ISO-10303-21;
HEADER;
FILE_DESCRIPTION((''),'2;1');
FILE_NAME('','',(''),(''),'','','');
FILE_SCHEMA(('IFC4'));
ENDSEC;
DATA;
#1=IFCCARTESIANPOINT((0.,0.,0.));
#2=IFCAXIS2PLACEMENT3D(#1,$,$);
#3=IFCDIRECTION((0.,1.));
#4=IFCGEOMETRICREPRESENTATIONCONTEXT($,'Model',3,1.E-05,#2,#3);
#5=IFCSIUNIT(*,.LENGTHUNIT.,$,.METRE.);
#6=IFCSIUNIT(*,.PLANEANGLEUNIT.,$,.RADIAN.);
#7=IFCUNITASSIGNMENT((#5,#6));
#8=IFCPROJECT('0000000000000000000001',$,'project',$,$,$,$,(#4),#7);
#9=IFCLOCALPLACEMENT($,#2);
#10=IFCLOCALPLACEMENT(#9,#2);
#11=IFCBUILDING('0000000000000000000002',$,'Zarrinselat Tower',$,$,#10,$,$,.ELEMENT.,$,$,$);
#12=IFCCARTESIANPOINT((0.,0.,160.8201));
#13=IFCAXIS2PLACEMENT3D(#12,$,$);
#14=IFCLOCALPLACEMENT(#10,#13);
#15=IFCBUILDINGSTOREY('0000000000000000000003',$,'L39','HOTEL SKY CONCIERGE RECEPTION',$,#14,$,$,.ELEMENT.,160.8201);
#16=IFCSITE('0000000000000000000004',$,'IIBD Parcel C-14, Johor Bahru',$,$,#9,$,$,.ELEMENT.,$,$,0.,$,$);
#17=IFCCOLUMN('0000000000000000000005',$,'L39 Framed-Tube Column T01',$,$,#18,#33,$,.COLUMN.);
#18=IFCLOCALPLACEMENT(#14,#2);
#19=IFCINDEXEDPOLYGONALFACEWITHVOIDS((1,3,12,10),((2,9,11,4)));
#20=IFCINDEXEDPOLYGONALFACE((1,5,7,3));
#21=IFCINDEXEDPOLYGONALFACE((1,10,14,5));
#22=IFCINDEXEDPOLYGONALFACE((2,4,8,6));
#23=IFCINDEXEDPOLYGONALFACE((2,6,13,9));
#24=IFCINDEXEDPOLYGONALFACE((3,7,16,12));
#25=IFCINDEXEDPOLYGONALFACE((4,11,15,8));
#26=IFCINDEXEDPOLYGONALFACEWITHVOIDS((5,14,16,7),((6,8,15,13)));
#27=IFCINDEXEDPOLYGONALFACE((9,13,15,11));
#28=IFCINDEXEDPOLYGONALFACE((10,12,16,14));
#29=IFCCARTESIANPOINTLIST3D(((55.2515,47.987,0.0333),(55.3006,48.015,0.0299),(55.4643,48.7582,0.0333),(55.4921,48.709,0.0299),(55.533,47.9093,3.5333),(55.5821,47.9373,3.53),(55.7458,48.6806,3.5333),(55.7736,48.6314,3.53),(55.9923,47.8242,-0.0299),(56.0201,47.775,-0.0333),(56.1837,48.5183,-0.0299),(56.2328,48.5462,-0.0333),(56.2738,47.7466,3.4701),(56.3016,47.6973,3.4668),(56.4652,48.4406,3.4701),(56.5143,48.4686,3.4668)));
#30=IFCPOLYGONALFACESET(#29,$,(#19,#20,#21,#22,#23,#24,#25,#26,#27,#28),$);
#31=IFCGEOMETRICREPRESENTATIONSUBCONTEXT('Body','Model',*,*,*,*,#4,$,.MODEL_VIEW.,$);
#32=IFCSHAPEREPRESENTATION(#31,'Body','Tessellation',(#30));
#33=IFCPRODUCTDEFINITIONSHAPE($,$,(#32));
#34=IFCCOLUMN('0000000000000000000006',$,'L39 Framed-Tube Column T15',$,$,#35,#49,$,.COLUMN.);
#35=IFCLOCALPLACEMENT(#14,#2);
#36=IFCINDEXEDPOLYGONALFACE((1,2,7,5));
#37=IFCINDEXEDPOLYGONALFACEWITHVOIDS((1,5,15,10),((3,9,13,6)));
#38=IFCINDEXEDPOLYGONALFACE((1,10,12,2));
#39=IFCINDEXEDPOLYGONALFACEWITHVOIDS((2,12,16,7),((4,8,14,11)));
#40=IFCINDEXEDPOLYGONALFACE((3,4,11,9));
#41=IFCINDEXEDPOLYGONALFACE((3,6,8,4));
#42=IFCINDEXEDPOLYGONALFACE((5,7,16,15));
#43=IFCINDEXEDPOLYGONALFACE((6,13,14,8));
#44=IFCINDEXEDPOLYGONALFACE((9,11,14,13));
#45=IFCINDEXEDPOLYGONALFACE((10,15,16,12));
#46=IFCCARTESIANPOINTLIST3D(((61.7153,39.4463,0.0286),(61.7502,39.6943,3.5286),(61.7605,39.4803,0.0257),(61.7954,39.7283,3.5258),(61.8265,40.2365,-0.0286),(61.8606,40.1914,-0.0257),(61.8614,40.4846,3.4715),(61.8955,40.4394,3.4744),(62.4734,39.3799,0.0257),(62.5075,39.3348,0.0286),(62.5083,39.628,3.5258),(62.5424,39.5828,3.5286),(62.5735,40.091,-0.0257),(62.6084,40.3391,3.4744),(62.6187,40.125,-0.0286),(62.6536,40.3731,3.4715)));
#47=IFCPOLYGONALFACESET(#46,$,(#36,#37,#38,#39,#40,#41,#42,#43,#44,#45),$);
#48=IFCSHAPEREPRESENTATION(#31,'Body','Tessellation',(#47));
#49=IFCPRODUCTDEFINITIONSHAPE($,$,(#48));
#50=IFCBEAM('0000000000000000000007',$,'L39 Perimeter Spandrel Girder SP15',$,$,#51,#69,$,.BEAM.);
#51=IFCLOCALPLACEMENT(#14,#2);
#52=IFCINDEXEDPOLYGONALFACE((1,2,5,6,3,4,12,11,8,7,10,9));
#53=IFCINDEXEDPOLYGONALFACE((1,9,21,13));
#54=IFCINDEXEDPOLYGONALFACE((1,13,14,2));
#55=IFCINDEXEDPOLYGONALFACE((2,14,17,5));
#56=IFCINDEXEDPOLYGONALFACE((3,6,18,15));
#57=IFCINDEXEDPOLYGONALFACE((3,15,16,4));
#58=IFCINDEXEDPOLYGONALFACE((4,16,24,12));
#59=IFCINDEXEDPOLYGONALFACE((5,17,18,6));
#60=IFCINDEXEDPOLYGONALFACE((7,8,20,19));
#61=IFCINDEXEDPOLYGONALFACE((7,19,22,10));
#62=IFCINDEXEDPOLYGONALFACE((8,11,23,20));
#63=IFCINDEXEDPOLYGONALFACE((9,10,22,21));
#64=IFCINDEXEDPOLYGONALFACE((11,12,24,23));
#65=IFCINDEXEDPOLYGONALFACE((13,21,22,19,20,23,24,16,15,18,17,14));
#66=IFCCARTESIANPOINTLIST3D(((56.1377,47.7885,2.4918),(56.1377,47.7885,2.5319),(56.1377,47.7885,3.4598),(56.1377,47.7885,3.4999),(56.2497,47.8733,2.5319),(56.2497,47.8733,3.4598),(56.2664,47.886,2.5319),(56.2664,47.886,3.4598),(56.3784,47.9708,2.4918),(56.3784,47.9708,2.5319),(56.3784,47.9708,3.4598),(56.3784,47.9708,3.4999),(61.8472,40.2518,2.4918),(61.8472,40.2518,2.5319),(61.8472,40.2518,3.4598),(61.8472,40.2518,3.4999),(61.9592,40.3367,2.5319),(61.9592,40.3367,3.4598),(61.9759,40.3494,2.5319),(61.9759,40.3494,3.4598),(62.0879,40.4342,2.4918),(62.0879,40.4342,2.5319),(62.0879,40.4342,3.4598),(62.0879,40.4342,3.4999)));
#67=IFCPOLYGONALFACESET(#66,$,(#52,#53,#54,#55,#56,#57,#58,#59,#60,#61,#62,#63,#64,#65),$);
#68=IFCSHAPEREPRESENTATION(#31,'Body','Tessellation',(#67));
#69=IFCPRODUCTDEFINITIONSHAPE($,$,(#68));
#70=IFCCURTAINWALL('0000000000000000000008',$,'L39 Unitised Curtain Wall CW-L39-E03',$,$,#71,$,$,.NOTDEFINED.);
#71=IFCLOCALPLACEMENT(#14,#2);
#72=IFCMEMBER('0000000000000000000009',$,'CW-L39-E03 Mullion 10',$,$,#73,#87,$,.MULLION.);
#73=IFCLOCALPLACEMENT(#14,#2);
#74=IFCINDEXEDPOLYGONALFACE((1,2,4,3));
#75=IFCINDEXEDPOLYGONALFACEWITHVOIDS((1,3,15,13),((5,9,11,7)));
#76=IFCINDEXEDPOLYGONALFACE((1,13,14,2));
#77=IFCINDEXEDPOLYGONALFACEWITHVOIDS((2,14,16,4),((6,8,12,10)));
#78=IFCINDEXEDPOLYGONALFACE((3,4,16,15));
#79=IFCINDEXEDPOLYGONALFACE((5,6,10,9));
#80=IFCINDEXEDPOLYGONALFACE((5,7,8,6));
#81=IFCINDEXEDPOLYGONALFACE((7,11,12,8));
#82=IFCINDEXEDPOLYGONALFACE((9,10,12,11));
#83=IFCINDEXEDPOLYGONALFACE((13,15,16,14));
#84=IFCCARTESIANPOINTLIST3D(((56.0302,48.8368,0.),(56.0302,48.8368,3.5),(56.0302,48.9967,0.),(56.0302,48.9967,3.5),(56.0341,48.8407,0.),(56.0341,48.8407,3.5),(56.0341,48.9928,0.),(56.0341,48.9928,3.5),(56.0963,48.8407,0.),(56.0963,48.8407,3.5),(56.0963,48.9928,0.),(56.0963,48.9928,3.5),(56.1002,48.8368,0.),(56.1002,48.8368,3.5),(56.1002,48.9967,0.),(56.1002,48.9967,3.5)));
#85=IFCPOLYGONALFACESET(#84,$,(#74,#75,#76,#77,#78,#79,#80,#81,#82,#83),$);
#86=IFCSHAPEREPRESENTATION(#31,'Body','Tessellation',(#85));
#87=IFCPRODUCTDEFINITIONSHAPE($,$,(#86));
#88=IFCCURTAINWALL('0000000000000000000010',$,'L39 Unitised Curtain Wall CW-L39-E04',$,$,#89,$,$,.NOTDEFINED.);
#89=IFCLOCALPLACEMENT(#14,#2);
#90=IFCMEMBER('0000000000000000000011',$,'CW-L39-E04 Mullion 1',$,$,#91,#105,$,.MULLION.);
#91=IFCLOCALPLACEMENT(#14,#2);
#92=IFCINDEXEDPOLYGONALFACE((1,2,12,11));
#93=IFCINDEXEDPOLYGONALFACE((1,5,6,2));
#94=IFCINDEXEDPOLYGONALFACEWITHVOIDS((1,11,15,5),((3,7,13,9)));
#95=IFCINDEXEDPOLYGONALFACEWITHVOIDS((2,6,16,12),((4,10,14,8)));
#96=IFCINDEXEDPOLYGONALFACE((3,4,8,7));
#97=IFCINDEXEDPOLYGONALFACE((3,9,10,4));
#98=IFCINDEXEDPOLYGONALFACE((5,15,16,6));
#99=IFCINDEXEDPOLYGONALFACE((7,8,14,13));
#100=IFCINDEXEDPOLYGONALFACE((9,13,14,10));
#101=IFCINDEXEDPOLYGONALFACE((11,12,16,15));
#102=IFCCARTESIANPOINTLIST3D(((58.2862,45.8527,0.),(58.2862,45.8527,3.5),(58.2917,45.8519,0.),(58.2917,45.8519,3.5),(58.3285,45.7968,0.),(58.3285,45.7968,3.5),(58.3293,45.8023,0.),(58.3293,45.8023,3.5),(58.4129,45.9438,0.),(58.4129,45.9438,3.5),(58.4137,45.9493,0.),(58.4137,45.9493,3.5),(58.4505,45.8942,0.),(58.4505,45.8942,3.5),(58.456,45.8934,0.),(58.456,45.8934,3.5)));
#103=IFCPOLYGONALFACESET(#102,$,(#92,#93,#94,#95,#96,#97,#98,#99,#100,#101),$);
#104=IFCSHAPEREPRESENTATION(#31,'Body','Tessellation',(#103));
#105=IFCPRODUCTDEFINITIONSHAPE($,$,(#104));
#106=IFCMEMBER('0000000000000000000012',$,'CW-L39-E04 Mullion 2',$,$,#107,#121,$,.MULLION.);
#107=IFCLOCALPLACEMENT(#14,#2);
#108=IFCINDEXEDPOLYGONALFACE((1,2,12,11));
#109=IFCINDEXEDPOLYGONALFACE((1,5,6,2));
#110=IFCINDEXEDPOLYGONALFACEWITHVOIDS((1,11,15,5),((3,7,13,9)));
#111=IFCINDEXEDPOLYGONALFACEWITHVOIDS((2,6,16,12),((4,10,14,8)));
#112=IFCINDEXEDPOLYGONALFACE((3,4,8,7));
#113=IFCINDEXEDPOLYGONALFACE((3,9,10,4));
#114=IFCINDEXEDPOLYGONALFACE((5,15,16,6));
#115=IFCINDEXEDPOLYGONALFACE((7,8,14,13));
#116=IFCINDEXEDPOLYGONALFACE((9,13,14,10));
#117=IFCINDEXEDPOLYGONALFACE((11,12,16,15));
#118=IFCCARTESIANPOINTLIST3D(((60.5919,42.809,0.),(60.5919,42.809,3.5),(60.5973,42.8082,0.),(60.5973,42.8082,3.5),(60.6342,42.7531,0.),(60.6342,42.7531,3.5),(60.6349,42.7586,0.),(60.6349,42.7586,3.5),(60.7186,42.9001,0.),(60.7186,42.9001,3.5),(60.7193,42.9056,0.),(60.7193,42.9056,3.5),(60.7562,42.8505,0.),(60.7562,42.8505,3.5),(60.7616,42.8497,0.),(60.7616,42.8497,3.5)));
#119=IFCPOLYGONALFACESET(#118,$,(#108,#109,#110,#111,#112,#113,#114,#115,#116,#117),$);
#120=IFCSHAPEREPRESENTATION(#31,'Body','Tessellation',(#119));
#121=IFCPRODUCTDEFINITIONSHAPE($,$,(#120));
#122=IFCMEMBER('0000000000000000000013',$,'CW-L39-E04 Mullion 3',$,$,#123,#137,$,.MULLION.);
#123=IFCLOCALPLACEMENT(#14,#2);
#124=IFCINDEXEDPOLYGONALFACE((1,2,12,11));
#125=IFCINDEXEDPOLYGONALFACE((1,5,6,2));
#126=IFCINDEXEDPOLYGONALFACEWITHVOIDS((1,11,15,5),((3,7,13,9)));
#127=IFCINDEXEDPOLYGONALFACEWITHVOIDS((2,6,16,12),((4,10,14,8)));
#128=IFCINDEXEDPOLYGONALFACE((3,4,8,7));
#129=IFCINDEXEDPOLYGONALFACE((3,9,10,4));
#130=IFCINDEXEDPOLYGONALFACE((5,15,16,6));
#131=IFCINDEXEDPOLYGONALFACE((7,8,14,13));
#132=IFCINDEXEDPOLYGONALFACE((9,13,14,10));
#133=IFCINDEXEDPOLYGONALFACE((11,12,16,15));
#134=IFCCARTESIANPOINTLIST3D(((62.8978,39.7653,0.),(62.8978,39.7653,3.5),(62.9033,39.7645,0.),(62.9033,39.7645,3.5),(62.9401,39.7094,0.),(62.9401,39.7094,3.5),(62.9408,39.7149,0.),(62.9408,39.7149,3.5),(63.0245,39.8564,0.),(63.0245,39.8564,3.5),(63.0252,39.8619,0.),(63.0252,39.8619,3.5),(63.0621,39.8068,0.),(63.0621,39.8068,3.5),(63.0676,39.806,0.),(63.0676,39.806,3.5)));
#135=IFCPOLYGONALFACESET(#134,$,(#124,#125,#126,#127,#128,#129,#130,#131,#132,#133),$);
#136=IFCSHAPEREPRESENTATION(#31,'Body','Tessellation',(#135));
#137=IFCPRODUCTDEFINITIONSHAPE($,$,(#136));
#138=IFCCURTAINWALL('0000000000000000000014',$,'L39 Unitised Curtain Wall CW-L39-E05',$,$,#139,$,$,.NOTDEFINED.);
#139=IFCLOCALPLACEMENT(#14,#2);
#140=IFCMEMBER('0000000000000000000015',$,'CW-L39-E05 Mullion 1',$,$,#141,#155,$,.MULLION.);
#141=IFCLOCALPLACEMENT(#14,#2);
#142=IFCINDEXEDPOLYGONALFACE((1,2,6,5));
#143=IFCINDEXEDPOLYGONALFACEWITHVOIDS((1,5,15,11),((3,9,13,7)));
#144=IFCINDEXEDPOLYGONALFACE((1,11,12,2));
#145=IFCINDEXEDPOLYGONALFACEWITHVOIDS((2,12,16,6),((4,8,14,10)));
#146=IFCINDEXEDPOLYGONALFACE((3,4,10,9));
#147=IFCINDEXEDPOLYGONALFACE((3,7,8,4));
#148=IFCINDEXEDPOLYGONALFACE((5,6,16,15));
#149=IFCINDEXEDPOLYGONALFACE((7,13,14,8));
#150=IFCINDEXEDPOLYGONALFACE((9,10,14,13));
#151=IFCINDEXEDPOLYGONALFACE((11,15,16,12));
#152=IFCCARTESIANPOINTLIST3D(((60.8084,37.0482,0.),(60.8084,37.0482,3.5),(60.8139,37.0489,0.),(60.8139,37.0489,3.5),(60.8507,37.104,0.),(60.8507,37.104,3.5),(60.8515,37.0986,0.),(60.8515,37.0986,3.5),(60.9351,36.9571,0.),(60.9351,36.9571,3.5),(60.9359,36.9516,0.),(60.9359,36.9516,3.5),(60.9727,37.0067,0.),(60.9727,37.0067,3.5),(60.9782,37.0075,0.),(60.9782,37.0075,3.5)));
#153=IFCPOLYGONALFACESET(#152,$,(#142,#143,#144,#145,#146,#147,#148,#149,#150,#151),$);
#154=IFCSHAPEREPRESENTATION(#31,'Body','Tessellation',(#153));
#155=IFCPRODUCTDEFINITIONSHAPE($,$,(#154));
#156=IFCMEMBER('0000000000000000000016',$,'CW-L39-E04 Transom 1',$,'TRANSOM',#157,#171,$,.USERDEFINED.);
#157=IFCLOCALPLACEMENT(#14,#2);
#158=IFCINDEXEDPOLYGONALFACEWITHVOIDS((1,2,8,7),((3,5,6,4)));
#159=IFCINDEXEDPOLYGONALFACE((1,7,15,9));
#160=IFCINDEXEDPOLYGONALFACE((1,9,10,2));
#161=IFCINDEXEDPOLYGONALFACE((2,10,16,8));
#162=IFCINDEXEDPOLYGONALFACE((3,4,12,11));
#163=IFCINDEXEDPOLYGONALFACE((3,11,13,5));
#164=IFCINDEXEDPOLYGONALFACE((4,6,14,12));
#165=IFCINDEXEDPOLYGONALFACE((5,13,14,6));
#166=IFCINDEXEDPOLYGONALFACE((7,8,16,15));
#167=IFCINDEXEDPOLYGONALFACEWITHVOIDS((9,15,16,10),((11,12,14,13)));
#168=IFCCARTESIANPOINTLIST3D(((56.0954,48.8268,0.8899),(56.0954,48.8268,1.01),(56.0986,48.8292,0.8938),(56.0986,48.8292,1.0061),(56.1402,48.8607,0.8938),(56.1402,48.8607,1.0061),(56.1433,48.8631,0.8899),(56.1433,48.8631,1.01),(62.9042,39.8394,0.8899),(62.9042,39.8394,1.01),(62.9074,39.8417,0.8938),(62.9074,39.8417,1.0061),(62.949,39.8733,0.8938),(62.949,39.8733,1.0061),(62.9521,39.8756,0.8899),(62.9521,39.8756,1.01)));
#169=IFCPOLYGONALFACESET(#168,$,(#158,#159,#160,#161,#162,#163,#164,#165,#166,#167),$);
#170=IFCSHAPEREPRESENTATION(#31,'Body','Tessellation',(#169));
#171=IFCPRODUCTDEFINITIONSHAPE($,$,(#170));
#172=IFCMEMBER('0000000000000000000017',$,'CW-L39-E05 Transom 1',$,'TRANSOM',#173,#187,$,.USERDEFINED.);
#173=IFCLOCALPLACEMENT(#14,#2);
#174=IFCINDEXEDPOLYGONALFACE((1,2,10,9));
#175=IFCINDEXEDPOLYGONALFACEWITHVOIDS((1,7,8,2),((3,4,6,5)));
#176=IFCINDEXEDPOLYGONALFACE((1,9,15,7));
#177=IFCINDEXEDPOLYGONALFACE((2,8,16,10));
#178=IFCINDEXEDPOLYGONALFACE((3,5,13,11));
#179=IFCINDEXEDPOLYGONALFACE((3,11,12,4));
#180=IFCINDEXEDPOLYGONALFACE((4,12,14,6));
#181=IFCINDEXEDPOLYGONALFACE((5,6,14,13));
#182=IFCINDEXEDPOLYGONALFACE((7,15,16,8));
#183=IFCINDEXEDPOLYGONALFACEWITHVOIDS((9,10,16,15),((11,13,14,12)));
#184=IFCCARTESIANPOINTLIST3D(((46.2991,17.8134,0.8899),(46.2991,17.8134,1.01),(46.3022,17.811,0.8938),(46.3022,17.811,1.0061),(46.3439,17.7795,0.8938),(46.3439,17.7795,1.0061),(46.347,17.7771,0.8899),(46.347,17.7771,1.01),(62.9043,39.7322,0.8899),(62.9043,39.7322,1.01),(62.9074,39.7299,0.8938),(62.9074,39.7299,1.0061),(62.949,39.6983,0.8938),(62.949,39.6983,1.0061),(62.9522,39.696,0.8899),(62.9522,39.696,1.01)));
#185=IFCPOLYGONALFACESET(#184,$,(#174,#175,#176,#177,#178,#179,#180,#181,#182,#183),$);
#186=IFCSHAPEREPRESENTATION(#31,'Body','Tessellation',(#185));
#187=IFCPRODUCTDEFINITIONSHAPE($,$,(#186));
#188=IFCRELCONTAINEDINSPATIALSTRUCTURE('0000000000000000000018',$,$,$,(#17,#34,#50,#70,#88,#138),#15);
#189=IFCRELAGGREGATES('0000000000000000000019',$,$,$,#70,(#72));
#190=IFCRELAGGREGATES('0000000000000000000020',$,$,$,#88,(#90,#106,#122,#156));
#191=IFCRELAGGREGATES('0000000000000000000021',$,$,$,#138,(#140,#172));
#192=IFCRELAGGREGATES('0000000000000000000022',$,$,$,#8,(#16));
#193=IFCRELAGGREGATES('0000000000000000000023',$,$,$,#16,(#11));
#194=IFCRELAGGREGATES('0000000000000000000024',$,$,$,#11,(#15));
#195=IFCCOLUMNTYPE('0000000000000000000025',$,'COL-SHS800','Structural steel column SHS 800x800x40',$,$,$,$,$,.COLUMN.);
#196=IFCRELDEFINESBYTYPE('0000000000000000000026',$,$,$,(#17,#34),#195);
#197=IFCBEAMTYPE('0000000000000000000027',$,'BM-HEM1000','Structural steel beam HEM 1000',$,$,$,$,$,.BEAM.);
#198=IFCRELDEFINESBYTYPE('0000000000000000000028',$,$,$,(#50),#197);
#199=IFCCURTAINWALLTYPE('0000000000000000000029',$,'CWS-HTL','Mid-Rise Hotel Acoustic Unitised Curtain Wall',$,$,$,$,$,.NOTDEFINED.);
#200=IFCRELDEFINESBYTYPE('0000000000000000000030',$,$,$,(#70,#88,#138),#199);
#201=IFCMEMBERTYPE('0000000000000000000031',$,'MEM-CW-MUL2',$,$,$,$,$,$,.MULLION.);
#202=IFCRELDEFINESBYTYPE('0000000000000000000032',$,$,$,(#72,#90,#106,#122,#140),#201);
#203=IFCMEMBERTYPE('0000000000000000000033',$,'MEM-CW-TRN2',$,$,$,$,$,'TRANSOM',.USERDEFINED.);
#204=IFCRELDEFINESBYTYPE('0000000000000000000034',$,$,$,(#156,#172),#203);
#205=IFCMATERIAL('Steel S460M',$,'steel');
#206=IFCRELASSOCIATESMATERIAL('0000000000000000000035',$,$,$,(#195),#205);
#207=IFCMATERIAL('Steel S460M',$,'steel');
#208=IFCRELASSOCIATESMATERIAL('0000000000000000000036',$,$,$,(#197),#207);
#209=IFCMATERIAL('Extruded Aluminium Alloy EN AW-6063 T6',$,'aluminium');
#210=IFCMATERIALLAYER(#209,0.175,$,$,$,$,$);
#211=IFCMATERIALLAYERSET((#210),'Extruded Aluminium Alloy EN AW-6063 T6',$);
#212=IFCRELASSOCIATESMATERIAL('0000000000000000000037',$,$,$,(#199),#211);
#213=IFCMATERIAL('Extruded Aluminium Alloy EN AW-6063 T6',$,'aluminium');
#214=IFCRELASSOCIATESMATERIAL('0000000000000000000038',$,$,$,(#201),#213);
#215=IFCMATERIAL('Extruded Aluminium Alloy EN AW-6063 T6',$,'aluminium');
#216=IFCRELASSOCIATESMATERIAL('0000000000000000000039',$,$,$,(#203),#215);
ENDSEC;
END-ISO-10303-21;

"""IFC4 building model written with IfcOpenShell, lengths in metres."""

from ifc_helpers import new_model, si_unit, direction, frame, origin, origin_2d, place, context, subcontext, project, spatial, hollow_rectangle, i_section, extrude, material, layer, layer_set, material_profile, profile_set, type_object, element, aggregate, save


model = new_model("IFC4")

# Units and contexts
model_context = context("Model", 3, precision=1e-05, world=origin(), true_north=direction((0.0, 1.0)))
body_context = subcontext(model_context, "Body", "Model", "MODEL_VIEW")
ifc_project = project(units=[si_unit("LENGTHUNIT", "METRE"), si_unit("PLANEANGLEUNIT", "RADIAN")], contexts=[model_context])

# Site, building, storey
site_placement = place(None, origin())
site = spatial("IfcSite", under=ifc_project, at=site_placement, Name="IIBD Parcel C-14, Johor Bahru", CompositionType="ELEMENT", RefElevation=0.0)
building_placement = place(site_placement, origin())
building = spatial("IfcBuilding", under=site, at=building_placement, Name="Zarrinselat Tower", CompositionType="ELEMENT")
storey_placement = place(building_placement, frame((0.0, 0.0, 160.8201)))
storey = spatial("IfcBuildingStorey", under=building, at=storey_placement, Name="L39", Description="HOTEL SKY CONCIERGE RECEPTION", CompositionType="ELEMENT", Elevation=160.8201)

# Columns
ifc_material_1 = material(Name="Steel S460M", Category="steel")
ifc_material_profile_1 = material_profile(ifc_material_1, hollow_rectangle(XDim=0.8, YDim=0.8, WallThickness=0.04, at=origin_2d()), Name="SHS 800x800x40")
ifc_profile_set_1 = profile_set([ifc_material_profile_1], Name="Steel S460M")
column_type = type_object("IfcColumnType", Name="COL-SHS800", Description="Structural steel column SHS 800x800x40", PredefinedType="COLUMN", material=ifc_profile_set_1)
column_1_placement = place(storey_placement, frame((55.7422, 48.2666, 0.0), z_axis=(0.080148, -0.022105, 0.996538), x_axis=(0.265875, 0.964007, 0.0)))
element("IfcColumn", 1, at=column_1_placement, inside=storey, type_object=column_type, Name="L39 Framed-Tube Column T01", PredefinedType="COLUMN", context=body_context, shape_type="SweptSolid", body=[
    extrude(hollow_rectangle(XDim=0.8, YDim=0.8, WallThickness=0.04, at=origin_2d()), origin(), (0.0, 0.0, 1.0), 3.5122),
])
column_2_placement = place(storey_placement, frame((62.167, 39.7856, 0.0), z_axis=(0.009949, 0.07069, 0.997449), x_axis=(-0.99024, 0.139374, 0.0)))
element("IfcColumn", 2, at=column_2_placement, inside=storey, type_object=column_type, Name="L39 Framed-Tube Column T15", PredefinedType="COLUMN", context=body_context, shape_type="SweptSolid", body=[
    extrude(hollow_rectangle(XDim=0.8, YDim=0.8, WallThickness=0.04, at=origin_2d()), origin(), (0.0, 0.0, 1.0), 3.509),
])

# Beam
ifc_material_2 = material(Name="Steel S460M", Category="steel")
ifc_material_profile_2 = material_profile(ifc_material_2, i_section(OverallWidth=0.302, OverallDepth=1.0081, WebThickness=0.021, FlangeThickness=0.04, at=origin_2d()), Name="HEM 1000")
ifc_profile_set_2 = profile_set([ifc_material_profile_2], Name="Steel S460M")
beam_type = type_object("IfcBeamType", Name="BM-HEM1000", Description="Structural steel beam HEM 1000", PredefinedType="BEAM", material=ifc_profile_set_2)
beam_placement = place(storey_placement, frame((56.2581, 47.8796, 2.9958), z_axis=(0.603852, -0.797097, 0.0), x_axis=(0.797097, 0.603852, 0.0)))
element("IfcBeam", 3, at=beam_placement, inside=storey, type_object=beam_type, Name="L39 Perimeter Spandrel Girder SP15", PredefinedType="BEAM", context=body_context, shape_type="SweptSolid", body=[
    extrude(i_section(OverallWidth=0.302, OverallDepth=1.0081, WebThickness=0.021, FlangeThickness=0.04, at=origin_2d()), origin(), (0.0, 0.0, 1.0), 9.4551),
])

# Curtain wall, member
ifc_material_3 = material(Name="Extruded Aluminium Alloy EN AW-6063 T6", Category="aluminium")
ifc_layer_1 = layer(ifc_material_3, 0.175)
ifc_layer_set_1 = layer_set([ifc_layer_1], Name="Extruded Aluminium Alloy EN AW-6063 T6")
curtain_wall_type = type_object("IfcCurtainWallType", Name="CWS-HTL", Description="Mid-Rise Hotel Acoustic Unitised Curtain Wall", PredefinedType="NOTDEFINED", material=ifc_layer_set_1)
curtain_wall_1_placement = place(storey_placement, origin())
curtain_wall_1 = element("IfcCurtainWall", 4, at=curtain_wall_1_placement, inside=storey, type_object=curtain_wall_type, Name="L39 Unitised Curtain Wall CW-L39-E03", PredefinedType="NOTDEFINED")
ifc_material_4 = material(Name="Extruded Aluminium Alloy EN AW-6063 T6", Category="aluminium")
ifc_material_profile_3 = material_profile(ifc_material_4, hollow_rectangle(XDim=0.0701, YDim=0.1599, WallThickness=0.0039, at=origin_2d()), Name="RHS 160x70x4")
ifc_profile_set_3 = profile_set([ifc_material_profile_3], Name="Extruded Aluminium Alloy EN AW-6063 T6")
member_type_1 = type_object("IfcMemberType", Name="MEM-CW-MUL2", PredefinedType="MULLION", material=ifc_profile_set_3)
member_1_placement = place(storey_placement, frame((56.0652, 48.9167, 0.0), z_axis=(0.0, 0.0, 1.0), x_axis=(1.0, 0.0, 0.0)))
member_1 = element("IfcMember", 5, at=member_1_placement, type_object=member_type_1, Name="CW-L39-E03 Mullion 10", PredefinedType="MULLION", context=body_context, shape_type="SweptSolid", body=[
    extrude(hollow_rectangle(XDim=0.0701, YDim=0.1599, WallThickness=0.0039, at=origin_2d()), origin(), (0.0, 0.0, 1.0), 3.5),
])

# Curtain wall, members
curtain_wall_2_placement = place(storey_placement, origin())
curtain_wall_2 = element("IfcCurtainWall", 6, at=curtain_wall_2_placement, inside=storey, type_object=curtain_wall_type, Name="L39 Unitised Curtain Wall CW-L39-E04", PredefinedType="NOTDEFINED")
member_2_placement = place(storey_placement, frame((58.3711, 45.873, 0.0), z_axis=(0.0, 0.0, 1.0), x_axis=(0.603856, -0.797093, 0.0)))
member_2 = element("IfcMember", 7, at=member_2_placement, type_object=member_type_1, Name="CW-L39-E04 Mullion 1", PredefinedType="MULLION", context=body_context, shape_type="SweptSolid", body=[
    extrude(hollow_rectangle(XDim=0.0701, YDim=0.1599, WallThickness=0.0039, at=origin_2d()), origin(), (0.0, 0.0, 1.0), 3.5),
])
member_3_placement = place(storey_placement, frame((60.6768, 42.8293, 0.0), z_axis=(0.0, 0.0, 1.0), x_axis=(0.603856, -0.797093, 0.0)))
member_3 = element("IfcMember", 8, at=member_3_placement, type_object=member_type_1, Name="CW-L39-E04 Mullion 2", PredefinedType="MULLION", context=body_context, shape_type="SweptSolid", body=[
    extrude(hollow_rectangle(XDim=0.0701, YDim=0.1599, WallThickness=0.0039, at=origin_2d()), origin(), (0.0, 0.0, 1.0), 3.5),
])
member_4_placement = place(storey_placement, frame((62.9827, 39.7856, 0.0), z_axis=(0.0, 0.0, 1.0), x_axis=(0.603856, -0.797093, 0.0)))
member_4 = element("IfcMember", 9, at=member_4_placement, type_object=member_type_1, Name="CW-L39-E04 Mullion 3", PredefinedType="MULLION", context=body_context, shape_type="SweptSolid", body=[
    extrude(hollow_rectangle(XDim=0.0701, YDim=0.1599, WallThickness=0.0039, at=origin_2d()), origin(), (0.0, 0.0, 1.0), 3.5),
])

# Curtain wall, member
curtain_wall_3_placement = place(storey_placement, origin())
curtain_wall_3 = element("IfcCurtainWall", 10, at=curtain_wall_3_placement, inside=storey, type_object=curtain_wall_type, Name="L39 Unitised Curtain Wall CW-L39-E05", PredefinedType="NOTDEFINED")
member_5_placement = place(storey_placement, frame((60.8933, 37.0278, 0.0), z_axis=(0.0, 0.0, 1.0), x_axis=(-0.603859, -0.797092, 0.0)))
member_5 = element("IfcMember", 11, at=member_5_placement, type_object=member_type_1, Name="CW-L39-E05 Mullion 1", PredefinedType="MULLION", context=body_context, shape_type="SweptSolid", body=[
    extrude(hollow_rectangle(XDim=0.0701, YDim=0.1599, WallThickness=0.0039, at=origin_2d()), origin(), (0.0, 0.0, 1.0), 3.5),
])

# Members
ifc_material_5 = material(Name="Extruded Aluminium Alloy EN AW-6063 T6", Category="aluminium")
ifc_material_profile_4 = material_profile(ifc_material_5, hollow_rectangle(XDim=0.0601, YDim=0.1201, WallThickness=0.0039, at=origin_2d()), Name="RHS 120x60x4")
ifc_profile_set_4 = profile_set([ifc_material_profile_4], Name="Extruded Aluminium Alloy EN AW-6063 T6")
member_type_2 = type_object("IfcMemberType", Name="MEM-CW-TRN2", ElementType="TRANSOM", PredefinedType="USERDEFINED", material=ifc_profile_set_4)
member_6_placement = place(storey_placement, frame((56.1194, 48.845, 0.95), z_axis=(0.603863, -0.797088, 0.0), x_axis=(0.797088, 0.603863, 0.0)))
member_6 = element("IfcMember", 12, at=member_6_placement, type_object=member_type_2, Name="CW-L39-E04 Transom 1", ObjectType="TRANSOM", PredefinedType="USERDEFINED", context=body_context, shape_type="SweptSolid", body=[
    extrude(hollow_rectangle(XDim=0.0601, YDim=0.1201, WallThickness=0.0039, at=origin_2d()), origin(), (0.0, 0.0, 1.0), 11.2754),
])
member_7_placement = place(storey_placement, frame((62.9282, 39.7141, 0.95), z_axis=(-0.603857, -0.797093, 0.0), x_axis=(0.797093, -0.603857, 0.0)))
member_7 = element("IfcMember", 13, at=member_7_placement, type_object=member_type_2, Name="CW-L39-E05 Transom 1", ObjectType="TRANSOM", PredefinedType="USERDEFINED", context=body_context, shape_type="SweptSolid", body=[
    extrude(hollow_rectangle(XDim=0.0601, YDim=0.1201, WallThickness=0.0039, at=origin_2d()), origin(), (0.0, 0.0, 1.0), 27.4985),
])

aggregate(curtain_wall_1, [member_1])
aggregate(curtain_wall_2, [member_2, member_3, member_4, member_6])
aggregate(curtain_wall_3, [member_5, member_7])

save(model, "model.ifc")
